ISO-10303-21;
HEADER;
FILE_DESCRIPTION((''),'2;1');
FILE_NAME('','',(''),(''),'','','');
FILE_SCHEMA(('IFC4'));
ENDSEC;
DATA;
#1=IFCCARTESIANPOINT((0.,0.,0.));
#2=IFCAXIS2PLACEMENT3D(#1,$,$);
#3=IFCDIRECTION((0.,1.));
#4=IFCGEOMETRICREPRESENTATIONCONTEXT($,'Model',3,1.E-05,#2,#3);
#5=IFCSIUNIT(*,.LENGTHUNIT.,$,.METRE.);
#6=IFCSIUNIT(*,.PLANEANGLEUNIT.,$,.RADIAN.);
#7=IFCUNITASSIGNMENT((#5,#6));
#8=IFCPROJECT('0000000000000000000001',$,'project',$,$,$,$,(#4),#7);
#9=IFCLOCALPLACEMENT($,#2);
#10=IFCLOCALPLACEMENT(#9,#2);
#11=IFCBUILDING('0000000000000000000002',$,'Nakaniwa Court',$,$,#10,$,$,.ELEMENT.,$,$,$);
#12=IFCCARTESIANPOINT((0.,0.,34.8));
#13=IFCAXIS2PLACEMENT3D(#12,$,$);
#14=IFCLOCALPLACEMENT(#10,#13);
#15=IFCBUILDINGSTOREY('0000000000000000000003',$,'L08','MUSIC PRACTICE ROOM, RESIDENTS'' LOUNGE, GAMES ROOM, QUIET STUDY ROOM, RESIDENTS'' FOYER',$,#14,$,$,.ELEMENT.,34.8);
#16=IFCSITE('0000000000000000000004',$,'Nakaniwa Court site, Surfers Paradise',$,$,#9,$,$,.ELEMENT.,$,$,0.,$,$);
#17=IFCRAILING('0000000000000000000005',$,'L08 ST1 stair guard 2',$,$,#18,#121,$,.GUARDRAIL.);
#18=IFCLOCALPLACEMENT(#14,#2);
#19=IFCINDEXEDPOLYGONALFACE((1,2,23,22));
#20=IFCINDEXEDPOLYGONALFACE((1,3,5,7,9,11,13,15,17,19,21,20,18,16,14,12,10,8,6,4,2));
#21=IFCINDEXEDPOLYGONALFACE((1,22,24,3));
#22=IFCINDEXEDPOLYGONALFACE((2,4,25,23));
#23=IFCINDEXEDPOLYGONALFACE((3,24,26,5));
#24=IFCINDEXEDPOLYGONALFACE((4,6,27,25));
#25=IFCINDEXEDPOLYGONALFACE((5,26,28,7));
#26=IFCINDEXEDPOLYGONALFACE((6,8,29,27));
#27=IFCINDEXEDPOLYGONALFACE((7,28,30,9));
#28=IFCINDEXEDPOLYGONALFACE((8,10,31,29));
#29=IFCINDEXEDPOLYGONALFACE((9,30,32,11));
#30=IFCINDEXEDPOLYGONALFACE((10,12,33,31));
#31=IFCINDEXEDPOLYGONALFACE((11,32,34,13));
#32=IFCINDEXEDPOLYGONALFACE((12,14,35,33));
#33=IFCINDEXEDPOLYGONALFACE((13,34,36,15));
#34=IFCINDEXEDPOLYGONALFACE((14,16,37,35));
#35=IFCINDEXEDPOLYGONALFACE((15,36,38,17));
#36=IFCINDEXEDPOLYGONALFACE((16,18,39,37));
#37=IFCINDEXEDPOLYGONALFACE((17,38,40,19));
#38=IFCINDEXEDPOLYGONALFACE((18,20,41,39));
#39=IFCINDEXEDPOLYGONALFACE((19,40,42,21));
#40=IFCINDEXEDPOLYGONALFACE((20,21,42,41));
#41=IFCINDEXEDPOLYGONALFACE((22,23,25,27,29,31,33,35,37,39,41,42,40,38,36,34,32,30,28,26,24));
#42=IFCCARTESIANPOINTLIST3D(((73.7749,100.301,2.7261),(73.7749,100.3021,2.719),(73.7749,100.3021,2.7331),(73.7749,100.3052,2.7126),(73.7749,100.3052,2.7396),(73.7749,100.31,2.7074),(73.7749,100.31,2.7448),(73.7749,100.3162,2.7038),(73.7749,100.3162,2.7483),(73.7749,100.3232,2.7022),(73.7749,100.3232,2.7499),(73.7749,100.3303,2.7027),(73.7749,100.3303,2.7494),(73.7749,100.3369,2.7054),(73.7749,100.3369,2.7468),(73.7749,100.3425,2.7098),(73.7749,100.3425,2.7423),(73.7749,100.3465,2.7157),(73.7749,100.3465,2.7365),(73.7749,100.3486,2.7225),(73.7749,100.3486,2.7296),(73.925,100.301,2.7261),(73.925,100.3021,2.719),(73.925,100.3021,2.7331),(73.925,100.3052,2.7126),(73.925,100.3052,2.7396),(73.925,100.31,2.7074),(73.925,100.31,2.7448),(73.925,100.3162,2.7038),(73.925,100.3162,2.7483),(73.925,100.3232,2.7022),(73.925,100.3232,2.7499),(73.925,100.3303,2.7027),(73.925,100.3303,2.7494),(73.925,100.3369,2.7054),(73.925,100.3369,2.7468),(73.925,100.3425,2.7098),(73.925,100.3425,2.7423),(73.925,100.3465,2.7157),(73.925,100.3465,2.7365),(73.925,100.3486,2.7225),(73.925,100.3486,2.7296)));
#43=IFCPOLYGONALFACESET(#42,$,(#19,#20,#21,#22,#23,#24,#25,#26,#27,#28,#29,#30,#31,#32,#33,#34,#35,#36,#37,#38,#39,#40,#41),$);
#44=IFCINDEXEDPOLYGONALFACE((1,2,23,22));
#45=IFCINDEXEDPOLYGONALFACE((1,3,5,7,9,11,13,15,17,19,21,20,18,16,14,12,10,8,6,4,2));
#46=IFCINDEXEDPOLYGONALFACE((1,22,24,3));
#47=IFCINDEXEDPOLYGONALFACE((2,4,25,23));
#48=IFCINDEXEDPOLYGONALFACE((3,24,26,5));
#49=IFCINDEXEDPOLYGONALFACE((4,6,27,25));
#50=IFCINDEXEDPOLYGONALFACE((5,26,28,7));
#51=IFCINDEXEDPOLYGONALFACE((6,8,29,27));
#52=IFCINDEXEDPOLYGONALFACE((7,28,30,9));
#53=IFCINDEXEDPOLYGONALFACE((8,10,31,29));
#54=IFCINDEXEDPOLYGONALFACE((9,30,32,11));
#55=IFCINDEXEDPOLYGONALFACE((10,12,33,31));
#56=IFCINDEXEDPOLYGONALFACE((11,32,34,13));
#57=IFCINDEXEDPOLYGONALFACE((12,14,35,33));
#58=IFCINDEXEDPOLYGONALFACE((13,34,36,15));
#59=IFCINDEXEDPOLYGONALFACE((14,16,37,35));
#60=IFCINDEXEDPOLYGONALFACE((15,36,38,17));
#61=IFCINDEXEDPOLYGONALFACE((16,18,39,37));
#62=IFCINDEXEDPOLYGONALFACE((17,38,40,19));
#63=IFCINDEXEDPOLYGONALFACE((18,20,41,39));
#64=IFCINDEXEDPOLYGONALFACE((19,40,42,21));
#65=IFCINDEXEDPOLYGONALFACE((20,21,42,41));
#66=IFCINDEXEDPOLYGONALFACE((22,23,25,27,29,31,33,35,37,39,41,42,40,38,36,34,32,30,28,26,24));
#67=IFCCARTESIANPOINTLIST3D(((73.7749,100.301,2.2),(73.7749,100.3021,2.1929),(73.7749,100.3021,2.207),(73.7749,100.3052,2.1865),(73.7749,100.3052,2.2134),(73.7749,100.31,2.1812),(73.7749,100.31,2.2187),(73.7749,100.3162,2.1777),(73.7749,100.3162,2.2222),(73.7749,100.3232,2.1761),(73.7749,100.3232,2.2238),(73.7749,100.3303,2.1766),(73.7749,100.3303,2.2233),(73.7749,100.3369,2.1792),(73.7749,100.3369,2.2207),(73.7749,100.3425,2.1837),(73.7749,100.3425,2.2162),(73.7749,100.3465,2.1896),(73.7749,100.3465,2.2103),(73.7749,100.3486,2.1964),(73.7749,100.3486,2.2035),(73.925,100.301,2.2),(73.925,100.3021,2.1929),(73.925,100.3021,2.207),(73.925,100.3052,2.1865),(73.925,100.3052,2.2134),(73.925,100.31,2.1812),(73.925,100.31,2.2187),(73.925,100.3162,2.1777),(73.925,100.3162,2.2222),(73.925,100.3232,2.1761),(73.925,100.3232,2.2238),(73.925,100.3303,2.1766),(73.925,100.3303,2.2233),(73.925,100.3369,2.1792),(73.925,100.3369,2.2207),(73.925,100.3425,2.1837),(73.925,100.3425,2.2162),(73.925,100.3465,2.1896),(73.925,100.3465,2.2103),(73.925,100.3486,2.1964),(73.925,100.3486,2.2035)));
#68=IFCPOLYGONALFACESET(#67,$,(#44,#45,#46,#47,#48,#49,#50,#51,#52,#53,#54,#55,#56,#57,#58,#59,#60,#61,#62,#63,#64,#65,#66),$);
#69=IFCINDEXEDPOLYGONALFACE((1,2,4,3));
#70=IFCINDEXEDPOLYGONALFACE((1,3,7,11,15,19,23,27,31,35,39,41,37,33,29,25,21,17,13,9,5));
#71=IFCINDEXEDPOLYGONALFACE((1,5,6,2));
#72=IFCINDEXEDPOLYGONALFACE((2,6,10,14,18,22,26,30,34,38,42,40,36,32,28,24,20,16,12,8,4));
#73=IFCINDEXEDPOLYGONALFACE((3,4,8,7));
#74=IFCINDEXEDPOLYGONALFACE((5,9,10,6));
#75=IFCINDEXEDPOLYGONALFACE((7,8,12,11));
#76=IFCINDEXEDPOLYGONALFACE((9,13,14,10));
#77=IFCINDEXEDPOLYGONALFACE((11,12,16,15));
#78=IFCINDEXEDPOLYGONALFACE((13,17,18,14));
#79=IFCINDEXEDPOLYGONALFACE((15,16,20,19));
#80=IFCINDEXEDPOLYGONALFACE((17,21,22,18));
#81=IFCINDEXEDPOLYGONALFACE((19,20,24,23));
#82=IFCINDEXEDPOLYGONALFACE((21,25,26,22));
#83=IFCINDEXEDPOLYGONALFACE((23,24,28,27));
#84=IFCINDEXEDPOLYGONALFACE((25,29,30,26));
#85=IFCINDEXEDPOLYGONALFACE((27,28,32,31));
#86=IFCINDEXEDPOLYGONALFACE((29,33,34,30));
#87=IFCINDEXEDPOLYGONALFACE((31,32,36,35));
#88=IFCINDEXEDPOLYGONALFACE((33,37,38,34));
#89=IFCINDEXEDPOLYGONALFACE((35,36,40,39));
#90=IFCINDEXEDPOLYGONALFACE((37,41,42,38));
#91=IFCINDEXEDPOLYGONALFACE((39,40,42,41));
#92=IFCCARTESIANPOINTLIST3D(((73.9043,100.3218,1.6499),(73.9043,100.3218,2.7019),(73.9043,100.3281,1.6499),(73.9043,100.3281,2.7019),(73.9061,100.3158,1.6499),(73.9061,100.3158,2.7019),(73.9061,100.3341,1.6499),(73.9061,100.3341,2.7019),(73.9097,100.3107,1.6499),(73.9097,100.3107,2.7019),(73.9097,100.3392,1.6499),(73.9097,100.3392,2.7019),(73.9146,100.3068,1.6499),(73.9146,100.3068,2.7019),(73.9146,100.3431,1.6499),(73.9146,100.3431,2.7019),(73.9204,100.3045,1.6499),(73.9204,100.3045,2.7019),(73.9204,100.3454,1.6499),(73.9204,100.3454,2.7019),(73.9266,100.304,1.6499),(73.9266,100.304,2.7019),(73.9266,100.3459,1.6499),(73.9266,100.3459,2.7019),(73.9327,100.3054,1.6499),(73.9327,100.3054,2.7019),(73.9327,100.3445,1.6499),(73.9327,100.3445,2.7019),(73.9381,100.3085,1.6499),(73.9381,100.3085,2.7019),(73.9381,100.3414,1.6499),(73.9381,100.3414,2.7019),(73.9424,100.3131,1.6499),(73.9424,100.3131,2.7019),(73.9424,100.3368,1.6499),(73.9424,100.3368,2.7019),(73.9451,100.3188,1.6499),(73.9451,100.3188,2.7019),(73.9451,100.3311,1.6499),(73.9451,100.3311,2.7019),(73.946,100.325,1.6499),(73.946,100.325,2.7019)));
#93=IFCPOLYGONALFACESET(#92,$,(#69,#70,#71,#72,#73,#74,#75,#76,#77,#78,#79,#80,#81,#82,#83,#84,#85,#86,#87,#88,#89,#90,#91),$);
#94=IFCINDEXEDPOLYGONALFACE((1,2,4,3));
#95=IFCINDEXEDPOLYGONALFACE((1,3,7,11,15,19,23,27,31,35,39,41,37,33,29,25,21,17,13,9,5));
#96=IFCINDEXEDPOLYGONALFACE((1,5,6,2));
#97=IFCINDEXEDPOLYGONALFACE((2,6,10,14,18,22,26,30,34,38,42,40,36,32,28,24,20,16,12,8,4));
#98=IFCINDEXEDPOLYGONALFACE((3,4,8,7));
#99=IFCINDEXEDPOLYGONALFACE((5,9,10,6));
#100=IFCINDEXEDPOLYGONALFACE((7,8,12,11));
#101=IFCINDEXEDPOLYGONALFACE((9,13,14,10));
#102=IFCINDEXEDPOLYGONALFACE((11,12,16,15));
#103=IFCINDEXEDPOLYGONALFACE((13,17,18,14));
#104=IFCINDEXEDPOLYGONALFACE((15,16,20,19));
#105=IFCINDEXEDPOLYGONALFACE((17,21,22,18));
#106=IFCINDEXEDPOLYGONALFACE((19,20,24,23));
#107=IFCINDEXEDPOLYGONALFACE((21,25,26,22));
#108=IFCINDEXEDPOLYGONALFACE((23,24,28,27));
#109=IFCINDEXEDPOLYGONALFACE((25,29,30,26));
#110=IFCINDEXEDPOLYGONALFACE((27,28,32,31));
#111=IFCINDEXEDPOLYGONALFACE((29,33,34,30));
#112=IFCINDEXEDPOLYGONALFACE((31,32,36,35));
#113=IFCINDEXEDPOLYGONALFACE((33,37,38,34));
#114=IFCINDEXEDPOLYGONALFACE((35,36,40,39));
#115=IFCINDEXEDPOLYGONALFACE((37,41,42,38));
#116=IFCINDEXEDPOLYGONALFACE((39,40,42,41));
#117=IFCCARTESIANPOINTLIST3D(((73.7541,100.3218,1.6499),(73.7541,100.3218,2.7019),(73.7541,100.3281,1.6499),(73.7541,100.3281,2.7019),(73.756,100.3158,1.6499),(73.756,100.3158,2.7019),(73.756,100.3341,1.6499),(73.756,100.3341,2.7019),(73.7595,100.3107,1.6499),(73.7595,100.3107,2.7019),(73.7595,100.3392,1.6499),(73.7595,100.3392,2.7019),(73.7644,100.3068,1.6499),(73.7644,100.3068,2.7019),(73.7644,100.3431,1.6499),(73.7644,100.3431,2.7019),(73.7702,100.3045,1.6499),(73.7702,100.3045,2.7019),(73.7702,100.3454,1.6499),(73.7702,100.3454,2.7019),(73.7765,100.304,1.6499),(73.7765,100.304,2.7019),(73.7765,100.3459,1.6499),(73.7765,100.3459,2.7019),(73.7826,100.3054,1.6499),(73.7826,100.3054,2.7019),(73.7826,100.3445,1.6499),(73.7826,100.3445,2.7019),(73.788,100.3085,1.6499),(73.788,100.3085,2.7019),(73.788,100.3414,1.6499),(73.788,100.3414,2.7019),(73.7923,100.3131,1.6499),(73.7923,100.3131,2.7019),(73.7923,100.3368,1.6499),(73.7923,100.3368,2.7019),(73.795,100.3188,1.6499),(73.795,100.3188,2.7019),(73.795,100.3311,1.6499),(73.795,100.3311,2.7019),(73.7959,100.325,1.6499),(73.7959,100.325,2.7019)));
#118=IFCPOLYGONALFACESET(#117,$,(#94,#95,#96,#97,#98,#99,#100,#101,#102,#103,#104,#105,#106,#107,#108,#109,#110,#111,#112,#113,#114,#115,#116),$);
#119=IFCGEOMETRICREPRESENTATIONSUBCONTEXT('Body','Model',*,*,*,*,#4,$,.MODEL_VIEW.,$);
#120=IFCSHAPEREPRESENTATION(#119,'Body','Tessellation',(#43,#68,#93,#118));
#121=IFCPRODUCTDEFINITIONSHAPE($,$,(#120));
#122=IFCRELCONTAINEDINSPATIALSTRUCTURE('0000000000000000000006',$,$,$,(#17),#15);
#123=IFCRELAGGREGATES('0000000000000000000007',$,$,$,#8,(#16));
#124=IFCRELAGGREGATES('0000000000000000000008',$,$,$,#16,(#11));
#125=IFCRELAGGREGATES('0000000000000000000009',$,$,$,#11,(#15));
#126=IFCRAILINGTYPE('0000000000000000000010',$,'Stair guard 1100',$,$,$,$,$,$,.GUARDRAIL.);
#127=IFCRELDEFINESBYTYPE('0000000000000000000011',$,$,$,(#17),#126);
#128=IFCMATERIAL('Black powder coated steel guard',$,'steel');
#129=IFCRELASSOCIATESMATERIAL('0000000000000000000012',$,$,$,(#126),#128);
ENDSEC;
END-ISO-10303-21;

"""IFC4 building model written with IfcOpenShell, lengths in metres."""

from ifc_helpers import new_model, si_unit, direction, frame, origin, origin_2d, place, context, subcontext, project, spatial, circle, extrude, material, type_object, element, save


model = new_model("IFC4")

# Units and contexts
model_context = context("Model", 3, precision=1e-05, world=origin(), true_north=direction((0.0, 1.0)))
body_context = subcontext(model_context, "Body", "Model", "MODEL_VIEW")
ifc_project = project(units=[si_unit("LENGTHUNIT", "METRE"), si_unit("PLANEANGLEUNIT", "RADIAN")], contexts=[model_context])

# Site, building, storey
site_placement = place(None, origin())
site = spatial("IfcSite", under=ifc_project, at=site_placement, Name="Nakaniwa Court site, Surfers Paradise", CompositionType="ELEMENT", RefElevation=0.0)
building_placement = place(site_placement, origin())
building = spatial("IfcBuilding", under=site, at=building_placement, Name="Nakaniwa Court", CompositionType="ELEMENT")
storey_placement = place(building_placement, frame((0.0, 0.0, 34.8)))
storey = spatial("IfcBuildingStorey", under=building, at=storey_placement, Name="L08", Description="MUSIC PRACTICE ROOM, RESIDENTS' LOUNGE, GAMES ROOM, QUIET STUDY ROOM, RESIDENTS' FOYER", CompositionType="ELEMENT", Elevation=34.8)

# Railing
ifc_material_1 = material(Name="Black powder coated steel guard", Category="steel")
railing_type_1 = type_object("IfcRailingType", Name="Stair guard 1100", PredefinedType="GUARDRAIL", material=ifc_material_1)
railing_1_placement = place(storey_placement, frame((73.925, 100.325, 1.6499)))
element("IfcRailing", 1, at=railing_1_placement, inside=storey, type_object=railing_type_1, Name="L08 ST1 stair guard 2", PredefinedType="GUARDRAIL", context=body_context, shape_type="SweptSolid", body=[
    extrude(circle(Radius=0.0239, at=origin_2d()), frame((0.0, 0.0, 1.0762), z_axis=(-1.0, 0.0, 0.0), x_axis=(0.0, -1.0, 0.0)), (0.0, 0.0, 1.0), 0.1501),
    extrude(circle(Radius=0.0239, at=origin_2d()), frame((0.0, 0.0, 0.55), z_axis=(-1.0, 0.0, 0.0), x_axis=(0.0, -1.0, 0.0)), (0.0, 0.0, 1.0), 0.1501),
    extrude(circle(Radius=0.021, at=origin_2d()), origin(), (0.0, 0.0, 1.0), 1.052),
    extrude(circle(Radius=0.021, at=origin_2d()), frame((-0.1501, 0.0, 0.0)), (0.0, 0.0, 1.0), 1.052),
])

save(model, "model.ifc")
